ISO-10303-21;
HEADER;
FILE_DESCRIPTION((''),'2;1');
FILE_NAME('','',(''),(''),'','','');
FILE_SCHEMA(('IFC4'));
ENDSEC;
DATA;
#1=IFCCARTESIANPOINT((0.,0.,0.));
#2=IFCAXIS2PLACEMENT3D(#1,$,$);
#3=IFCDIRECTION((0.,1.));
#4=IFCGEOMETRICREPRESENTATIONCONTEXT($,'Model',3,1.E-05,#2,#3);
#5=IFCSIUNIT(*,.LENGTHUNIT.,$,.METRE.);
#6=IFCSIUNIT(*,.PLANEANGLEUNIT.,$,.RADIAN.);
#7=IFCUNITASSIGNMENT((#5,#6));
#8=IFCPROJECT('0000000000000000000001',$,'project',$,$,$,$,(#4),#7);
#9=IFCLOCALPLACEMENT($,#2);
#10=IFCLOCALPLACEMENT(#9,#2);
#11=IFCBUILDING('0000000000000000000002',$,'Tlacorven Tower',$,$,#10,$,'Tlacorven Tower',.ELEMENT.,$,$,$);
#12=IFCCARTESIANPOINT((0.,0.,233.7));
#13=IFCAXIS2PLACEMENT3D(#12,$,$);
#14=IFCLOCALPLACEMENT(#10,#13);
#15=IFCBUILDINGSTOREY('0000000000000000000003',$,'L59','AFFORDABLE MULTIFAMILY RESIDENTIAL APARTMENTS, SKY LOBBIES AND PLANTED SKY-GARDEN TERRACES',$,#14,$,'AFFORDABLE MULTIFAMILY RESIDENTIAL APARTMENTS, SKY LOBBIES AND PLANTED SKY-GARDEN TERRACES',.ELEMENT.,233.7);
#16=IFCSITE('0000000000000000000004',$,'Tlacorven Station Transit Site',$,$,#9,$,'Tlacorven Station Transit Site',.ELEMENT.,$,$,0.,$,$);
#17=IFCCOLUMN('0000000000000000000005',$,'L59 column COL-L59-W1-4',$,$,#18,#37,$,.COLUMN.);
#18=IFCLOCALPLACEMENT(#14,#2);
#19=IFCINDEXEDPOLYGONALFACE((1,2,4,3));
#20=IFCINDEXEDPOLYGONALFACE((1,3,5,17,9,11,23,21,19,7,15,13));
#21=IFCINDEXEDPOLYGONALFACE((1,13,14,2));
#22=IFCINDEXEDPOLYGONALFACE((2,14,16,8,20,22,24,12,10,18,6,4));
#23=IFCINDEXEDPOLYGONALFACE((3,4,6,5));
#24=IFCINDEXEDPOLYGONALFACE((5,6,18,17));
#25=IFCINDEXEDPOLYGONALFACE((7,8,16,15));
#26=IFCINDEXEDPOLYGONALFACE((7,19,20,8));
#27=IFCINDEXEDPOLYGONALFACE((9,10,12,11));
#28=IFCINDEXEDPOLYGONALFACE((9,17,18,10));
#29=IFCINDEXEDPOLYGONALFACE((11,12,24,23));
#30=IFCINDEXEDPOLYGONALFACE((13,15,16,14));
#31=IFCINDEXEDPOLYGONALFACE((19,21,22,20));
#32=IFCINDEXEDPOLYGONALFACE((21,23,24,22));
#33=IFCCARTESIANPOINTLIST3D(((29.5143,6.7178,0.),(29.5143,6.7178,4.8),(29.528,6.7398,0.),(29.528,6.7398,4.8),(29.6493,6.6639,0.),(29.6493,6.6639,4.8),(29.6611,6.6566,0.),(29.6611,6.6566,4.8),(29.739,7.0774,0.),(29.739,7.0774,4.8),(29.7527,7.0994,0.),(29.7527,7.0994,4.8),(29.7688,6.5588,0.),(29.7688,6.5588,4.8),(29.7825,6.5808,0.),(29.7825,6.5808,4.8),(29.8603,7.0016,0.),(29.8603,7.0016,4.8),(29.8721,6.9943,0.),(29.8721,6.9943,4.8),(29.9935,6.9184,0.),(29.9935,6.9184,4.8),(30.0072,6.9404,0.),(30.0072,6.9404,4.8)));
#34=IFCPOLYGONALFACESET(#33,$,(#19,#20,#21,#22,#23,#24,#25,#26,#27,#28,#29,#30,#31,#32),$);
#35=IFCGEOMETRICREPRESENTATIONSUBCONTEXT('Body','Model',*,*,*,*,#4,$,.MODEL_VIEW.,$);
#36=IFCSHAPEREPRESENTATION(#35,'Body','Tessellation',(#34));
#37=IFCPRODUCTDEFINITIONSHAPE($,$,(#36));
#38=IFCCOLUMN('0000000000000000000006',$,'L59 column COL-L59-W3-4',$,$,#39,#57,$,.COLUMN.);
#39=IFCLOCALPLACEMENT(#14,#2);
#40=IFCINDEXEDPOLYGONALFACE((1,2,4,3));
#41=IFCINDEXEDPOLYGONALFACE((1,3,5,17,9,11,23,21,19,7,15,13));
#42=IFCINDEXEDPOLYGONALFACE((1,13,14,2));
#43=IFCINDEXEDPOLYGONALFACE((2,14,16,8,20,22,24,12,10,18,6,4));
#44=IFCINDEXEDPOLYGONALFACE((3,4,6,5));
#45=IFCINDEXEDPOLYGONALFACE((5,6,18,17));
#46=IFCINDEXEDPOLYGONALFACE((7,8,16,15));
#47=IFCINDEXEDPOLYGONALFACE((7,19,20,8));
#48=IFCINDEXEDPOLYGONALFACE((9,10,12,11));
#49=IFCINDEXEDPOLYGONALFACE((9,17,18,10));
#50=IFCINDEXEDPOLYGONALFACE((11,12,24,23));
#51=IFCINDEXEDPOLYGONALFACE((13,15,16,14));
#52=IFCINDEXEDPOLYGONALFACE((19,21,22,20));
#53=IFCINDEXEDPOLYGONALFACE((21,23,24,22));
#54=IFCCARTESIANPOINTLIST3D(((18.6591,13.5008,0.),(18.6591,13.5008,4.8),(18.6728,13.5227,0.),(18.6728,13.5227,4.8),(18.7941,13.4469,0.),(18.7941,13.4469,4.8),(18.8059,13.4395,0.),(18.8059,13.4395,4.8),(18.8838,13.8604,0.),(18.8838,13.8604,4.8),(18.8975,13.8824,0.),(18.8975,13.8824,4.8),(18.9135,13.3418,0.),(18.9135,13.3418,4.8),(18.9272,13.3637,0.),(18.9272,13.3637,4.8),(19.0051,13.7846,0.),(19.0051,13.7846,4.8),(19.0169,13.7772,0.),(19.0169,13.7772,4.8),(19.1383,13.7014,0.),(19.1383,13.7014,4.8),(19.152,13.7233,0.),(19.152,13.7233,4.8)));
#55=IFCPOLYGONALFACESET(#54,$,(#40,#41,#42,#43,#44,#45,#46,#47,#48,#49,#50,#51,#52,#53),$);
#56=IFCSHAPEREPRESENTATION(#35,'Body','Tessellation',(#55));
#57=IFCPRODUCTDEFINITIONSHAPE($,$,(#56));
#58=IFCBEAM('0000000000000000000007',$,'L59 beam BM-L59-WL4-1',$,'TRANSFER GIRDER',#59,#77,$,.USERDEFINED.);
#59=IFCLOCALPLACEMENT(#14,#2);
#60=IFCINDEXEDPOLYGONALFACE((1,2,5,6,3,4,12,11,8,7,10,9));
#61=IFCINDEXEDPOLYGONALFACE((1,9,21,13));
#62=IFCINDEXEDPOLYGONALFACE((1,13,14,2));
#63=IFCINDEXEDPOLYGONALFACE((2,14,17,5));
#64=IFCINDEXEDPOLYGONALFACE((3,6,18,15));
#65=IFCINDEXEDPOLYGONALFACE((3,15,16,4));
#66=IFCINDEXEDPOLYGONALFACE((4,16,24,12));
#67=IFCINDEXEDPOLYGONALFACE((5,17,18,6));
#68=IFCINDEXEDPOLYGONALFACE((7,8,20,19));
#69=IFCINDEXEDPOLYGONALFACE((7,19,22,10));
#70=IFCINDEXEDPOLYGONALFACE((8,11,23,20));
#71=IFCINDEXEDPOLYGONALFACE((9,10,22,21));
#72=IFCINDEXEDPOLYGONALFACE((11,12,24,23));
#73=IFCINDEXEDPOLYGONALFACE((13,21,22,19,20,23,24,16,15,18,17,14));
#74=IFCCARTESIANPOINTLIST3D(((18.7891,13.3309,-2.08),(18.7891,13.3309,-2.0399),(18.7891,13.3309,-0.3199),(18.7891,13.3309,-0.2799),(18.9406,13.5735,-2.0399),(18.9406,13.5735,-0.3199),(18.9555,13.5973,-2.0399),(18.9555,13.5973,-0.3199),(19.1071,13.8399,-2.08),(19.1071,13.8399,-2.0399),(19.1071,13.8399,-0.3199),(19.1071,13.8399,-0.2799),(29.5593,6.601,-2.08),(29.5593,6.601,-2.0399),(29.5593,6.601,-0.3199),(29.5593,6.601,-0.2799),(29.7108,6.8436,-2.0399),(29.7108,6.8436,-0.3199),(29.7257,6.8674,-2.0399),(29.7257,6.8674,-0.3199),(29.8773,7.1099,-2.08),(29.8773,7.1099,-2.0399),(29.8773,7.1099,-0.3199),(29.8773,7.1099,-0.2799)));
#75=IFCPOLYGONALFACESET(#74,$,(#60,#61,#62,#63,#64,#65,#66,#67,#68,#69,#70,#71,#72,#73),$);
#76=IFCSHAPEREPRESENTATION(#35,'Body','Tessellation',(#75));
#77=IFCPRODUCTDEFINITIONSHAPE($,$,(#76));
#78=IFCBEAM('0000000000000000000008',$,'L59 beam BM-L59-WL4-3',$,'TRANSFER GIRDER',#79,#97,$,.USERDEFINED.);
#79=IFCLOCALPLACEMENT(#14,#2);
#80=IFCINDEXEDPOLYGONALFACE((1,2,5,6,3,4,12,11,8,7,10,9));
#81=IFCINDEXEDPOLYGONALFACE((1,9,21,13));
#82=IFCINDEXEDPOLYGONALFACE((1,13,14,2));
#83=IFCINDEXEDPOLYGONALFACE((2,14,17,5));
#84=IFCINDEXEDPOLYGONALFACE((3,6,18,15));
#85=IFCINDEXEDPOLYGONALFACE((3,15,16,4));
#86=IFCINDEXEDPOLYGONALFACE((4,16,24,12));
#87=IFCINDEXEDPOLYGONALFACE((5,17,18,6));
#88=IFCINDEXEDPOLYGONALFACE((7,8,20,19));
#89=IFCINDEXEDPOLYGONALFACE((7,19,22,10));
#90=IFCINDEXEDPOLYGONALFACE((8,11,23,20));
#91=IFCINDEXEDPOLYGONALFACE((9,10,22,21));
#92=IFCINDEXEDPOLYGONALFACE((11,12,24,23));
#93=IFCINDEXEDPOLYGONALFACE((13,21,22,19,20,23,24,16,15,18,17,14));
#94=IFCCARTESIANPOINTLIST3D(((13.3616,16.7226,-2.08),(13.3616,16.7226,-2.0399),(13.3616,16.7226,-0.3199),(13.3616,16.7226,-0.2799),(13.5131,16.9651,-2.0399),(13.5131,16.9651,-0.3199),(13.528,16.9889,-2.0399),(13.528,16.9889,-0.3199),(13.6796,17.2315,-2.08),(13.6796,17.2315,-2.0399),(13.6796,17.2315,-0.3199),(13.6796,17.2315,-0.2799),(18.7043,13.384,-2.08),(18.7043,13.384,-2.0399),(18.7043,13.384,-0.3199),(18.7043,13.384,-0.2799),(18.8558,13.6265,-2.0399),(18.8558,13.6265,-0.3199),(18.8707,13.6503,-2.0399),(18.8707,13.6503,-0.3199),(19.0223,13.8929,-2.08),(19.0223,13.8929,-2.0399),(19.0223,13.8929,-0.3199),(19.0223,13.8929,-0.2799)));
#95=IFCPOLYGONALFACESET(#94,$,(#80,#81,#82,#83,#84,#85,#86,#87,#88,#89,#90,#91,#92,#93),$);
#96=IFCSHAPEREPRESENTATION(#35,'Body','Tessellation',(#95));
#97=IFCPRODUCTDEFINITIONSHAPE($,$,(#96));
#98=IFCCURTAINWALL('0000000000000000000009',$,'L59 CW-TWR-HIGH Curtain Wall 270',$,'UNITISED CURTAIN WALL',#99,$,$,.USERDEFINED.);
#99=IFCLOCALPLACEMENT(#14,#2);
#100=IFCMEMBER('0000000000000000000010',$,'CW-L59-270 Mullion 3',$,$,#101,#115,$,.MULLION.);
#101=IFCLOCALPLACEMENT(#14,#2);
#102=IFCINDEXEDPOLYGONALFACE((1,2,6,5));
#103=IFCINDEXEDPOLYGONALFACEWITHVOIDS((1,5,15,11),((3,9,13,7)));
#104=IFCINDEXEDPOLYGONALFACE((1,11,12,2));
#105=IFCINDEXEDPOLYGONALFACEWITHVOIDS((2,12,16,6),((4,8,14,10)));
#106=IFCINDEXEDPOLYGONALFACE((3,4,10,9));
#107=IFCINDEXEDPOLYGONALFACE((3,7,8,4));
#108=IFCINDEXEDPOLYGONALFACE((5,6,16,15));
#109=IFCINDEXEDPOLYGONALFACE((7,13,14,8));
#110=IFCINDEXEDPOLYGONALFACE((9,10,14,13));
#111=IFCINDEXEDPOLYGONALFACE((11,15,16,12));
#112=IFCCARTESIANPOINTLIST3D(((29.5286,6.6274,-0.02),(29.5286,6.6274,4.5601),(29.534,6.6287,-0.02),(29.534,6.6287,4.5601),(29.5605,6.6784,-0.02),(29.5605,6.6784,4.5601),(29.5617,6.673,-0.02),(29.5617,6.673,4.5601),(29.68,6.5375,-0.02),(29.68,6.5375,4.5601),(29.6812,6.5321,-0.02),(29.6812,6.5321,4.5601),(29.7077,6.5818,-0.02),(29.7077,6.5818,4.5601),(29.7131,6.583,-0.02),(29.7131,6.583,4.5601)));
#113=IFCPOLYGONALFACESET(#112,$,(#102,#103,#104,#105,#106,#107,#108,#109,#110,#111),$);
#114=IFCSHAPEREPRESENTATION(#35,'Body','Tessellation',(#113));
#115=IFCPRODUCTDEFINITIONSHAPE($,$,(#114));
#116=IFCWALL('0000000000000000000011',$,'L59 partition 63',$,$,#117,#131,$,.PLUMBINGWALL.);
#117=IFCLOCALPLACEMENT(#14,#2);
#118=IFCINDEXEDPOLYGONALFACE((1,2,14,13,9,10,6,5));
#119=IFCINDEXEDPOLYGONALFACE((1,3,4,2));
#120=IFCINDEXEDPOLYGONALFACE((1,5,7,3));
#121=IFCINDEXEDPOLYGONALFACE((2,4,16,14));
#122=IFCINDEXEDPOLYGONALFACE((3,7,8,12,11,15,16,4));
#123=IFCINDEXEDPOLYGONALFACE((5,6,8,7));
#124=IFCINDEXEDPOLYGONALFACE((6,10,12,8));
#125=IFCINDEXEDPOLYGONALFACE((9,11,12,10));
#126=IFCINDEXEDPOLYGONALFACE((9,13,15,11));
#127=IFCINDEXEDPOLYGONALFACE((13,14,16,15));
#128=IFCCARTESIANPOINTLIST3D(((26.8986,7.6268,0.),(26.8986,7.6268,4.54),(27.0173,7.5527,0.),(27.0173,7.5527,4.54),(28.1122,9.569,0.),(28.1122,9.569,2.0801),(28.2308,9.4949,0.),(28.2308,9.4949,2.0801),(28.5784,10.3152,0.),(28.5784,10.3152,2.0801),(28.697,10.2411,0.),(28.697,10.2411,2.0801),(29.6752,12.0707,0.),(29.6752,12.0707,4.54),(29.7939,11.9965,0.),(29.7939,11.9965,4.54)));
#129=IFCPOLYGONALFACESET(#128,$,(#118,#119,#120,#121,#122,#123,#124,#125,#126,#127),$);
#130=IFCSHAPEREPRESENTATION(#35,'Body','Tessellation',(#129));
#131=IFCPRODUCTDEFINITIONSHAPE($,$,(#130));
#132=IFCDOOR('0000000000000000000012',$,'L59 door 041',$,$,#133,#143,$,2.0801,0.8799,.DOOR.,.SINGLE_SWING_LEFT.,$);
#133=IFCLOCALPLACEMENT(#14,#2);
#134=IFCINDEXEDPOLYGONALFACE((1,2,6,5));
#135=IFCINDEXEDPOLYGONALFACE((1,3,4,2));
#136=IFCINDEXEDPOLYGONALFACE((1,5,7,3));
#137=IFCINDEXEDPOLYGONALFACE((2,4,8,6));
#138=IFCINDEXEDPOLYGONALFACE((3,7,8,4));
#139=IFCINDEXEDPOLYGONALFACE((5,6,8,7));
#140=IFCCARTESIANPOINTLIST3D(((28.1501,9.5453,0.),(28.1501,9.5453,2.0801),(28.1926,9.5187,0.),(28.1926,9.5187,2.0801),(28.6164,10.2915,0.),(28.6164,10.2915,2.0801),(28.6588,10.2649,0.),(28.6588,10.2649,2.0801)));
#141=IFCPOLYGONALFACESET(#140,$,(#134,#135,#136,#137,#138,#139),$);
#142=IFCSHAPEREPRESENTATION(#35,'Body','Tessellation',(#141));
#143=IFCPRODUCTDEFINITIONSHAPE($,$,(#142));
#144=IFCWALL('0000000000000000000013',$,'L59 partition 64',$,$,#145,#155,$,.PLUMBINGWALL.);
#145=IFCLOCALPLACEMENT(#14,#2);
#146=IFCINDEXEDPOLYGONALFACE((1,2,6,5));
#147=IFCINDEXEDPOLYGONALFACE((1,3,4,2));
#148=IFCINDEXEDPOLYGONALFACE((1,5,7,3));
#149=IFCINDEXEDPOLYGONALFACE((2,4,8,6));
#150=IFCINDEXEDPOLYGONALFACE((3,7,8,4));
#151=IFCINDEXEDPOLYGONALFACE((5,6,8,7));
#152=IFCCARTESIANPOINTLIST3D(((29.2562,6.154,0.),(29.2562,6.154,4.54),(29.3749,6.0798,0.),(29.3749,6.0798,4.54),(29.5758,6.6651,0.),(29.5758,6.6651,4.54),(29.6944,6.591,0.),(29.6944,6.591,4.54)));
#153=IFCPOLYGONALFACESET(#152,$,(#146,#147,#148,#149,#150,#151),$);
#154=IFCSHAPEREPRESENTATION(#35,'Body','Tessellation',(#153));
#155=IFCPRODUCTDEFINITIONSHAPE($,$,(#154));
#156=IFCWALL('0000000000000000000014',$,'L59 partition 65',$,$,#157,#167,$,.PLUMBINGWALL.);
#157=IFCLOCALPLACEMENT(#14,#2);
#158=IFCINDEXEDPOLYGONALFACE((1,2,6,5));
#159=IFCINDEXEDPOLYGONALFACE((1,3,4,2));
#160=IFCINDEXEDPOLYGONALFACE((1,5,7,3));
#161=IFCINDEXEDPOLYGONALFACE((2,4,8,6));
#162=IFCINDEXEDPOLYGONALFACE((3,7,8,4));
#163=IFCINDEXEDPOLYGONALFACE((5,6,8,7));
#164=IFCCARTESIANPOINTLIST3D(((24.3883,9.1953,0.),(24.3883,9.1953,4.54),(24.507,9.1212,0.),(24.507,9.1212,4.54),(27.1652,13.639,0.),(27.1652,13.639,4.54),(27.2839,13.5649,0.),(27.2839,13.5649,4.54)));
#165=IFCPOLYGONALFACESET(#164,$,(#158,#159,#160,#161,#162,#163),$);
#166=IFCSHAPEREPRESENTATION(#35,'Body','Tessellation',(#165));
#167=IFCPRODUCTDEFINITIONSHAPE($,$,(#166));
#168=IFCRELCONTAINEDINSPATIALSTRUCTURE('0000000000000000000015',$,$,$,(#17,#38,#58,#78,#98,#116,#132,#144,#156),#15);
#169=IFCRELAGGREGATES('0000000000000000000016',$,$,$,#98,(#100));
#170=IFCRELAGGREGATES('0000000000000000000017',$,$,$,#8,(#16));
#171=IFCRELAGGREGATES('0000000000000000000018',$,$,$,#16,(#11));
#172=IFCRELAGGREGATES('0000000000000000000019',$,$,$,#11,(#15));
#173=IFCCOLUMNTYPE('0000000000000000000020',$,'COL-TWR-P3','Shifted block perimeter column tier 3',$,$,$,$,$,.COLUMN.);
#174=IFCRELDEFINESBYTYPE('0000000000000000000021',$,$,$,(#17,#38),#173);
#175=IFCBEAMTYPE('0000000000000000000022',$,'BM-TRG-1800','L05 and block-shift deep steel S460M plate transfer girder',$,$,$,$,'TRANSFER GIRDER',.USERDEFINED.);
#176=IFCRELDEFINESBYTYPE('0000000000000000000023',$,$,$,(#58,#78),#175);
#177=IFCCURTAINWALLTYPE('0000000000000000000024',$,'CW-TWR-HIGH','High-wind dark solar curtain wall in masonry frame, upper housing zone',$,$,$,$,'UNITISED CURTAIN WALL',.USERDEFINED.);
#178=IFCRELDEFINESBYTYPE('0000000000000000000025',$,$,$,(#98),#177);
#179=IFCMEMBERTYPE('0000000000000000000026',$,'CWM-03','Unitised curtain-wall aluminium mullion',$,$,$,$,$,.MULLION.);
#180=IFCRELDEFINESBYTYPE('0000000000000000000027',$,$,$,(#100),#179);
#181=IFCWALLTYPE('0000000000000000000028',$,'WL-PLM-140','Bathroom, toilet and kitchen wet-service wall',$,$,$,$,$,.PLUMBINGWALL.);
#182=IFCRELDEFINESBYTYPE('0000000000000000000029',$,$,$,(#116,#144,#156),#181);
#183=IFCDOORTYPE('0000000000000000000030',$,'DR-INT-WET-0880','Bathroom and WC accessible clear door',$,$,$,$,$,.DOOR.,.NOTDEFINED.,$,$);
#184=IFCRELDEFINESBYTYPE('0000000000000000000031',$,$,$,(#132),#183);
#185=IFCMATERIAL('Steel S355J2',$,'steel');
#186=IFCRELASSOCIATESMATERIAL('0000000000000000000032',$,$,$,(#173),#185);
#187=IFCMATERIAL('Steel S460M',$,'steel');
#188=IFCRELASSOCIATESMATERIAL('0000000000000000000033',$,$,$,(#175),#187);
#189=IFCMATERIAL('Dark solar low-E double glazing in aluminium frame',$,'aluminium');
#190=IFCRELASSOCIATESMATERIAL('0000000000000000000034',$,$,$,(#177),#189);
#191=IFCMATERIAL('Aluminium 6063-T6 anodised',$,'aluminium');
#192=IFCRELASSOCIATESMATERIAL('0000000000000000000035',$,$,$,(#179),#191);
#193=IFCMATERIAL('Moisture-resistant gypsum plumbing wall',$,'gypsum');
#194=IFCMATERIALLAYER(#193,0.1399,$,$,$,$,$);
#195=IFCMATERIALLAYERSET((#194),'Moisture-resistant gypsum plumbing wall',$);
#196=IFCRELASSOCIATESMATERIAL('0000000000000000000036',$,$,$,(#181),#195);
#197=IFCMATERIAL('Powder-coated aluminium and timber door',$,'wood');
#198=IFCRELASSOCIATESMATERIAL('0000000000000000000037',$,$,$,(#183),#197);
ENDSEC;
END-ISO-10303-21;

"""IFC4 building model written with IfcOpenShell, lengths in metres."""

from ifc_helpers import new_model, si_unit, direction, frame, frame_2d, origin, origin_2d, place, context, subcontext, project, spatial, rectangle, hollow_rectangle, i_section, extrude, source, transform, mapped, material, layer, layer_set, material_profile, profile_set, type_object, element, fill, aggregate, save


model = new_model("IFC4")

# Units and contexts
model_context = context("Model", 3, precision=1e-05, world=origin(), true_north=direction((0.0, 1.0)))
body_context = subcontext(model_context, "Body", "Model", "MODEL_VIEW")
ifc_project = project(units=[si_unit("LENGTHUNIT", "METRE"), si_unit("PLANEANGLEUNIT", "RADIAN")], contexts=[model_context])

# Site, building, storey
site_placement = place(None, origin())
site = spatial("IfcSite", under=ifc_project, at=site_placement, Name="Tlacorven Station Transit Site", LongName="Tlacorven Station Transit Site", CompositionType="ELEMENT", RefElevation=0.0)
building_placement = place(site_placement, origin())
building = spatial("IfcBuilding", under=site, at=building_placement, Name="Tlacorven Tower", LongName="Tlacorven Tower", CompositionType="ELEMENT")
storey_placement = place(building_placement, frame((0.0, 0.0, 233.7)))
storey = spatial("IfcBuildingStorey", under=building, at=storey_placement, Name="L59", Description="AFFORDABLE MULTIFAMILY RESIDENTIAL APARTMENTS, SKY LOBBIES AND PLANTED SKY-GARDEN TERRACES", LongName="AFFORDABLE MULTIFAMILY RESIDENTIAL APARTMENTS, SKY LOBBIES AND PLANTED SKY-GARDEN TERRACES", CompositionType="ELEMENT", Elevation=233.7)

# Columns
ifc_material_1 = material(Name="Steel S355J2", Category="steel")
ifc_material_profile_1 = material_profile(ifc_material_1, i_section(OverallWidth=0.3, OverallDepth=0.45, WebThickness=0.0139, FlangeThickness=0.0259, at=origin_2d()), Name="HEB 450")
ifc_profile_set_1 = profile_set([ifc_material_profile_1], Name="Steel S355J2")
column_type = type_object("IfcColumnType", Name="COL-TWR-P3", Description="Shifted block perimeter column tier 3", PredefinedType="COLUMN", material=ifc_profile_set_1)
shared_shape_1 = source(origin(), body_context, "Body", "SweptSolid", [
    extrude(i_section(OverallWidth=0.3, OverallDepth=0.45, WebThickness=0.0139, FlangeThickness=0.0259, at=origin_2d()), origin(), (0.0, 0.0, 1.0), 4.8),
])
for number, where, z_axis, x_axis, name in (
    (1, (29.7607, 6.8291, 0.0), (0.0, 0.0, 1.0), (-0.848048, 0.529919, 0.0), "L59 column COL-L59-W1-4"),
    (2, (18.9055, 13.6121, 0.0), (0.0, 0.0, 1.0), (-0.848048, 0.529919, 0.0), "L59 column COL-L59-W3-4"),
):
    element("IfcColumn", number, at=place(storey_placement, frame(where, z_axis=z_axis, x_axis=x_axis)), inside=storey, type_object=column_type, Name=name, PredefinedType="COLUMN", context=body_context, shape_type="MappedRepresentation", body=[
        mapped(shared_shape_1, transform((0.0, 0.0, 0.0), scale=1.0)),
    ])

# Beams
ifc_material_2 = material(Name="Steel S460M", Category="steel")
ifc_material_profile_2 = material_profile(ifc_material_2, i_section(OverallWidth=0.6001, OverallDepth=1.8, WebThickness=0.0281, FlangeThickness=0.04, at=origin_2d()), Name="PG 1800X600X28X40")
ifc_profile_set_2 = profile_set([ifc_material_profile_2], Name="Steel S460M")
beam_type = type_object("IfcBeamType", Name="BM-TRG-1800", Description="L05 and block-shift deep steel S460M plate transfer girder", ElementType="TRANSFER GIRDER", PredefinedType="USERDEFINED", material=ifc_profile_set_2)
shared_shape_2 = source(origin(), body_context, "Body", "SweptSolid", [
    extrude(i_section(OverallWidth=0.6001, OverallDepth=1.8, WebThickness=0.0281, FlangeThickness=0.04, at=origin_2d()), origin(), (0.0, 0.0, 1.0), 12.7),
])
beam_1_placement = place(storey_placement, frame((29.7183, 6.8555, -1.1799), z_axis=(-0.848049, 0.529918, 0.0), x_axis=(-0.529918, -0.848049, 0.0)))
element("IfcBeam", 3, at=beam_1_placement, inside=storey, type_object=beam_type, Name="L59 beam BM-L59-WL4-1", ObjectType="TRANSFER GIRDER", PredefinedType="USERDEFINED", context=body_context, shape_type="MappedRepresentation", body=[
    mapped(shared_shape_2, transform((0.0, 0.0, 0.0), scale=1.0)),
])
shared_shape_3 = source(origin(), body_context, "Body", "SweptSolid", [
    extrude(i_section(OverallWidth=0.6001, OverallDepth=1.8, WebThickness=0.0281, FlangeThickness=0.04, at=origin_2d()), origin(), (0.0, 0.0, 1.0), 6.3),
])
beam_2_placement = place(storey_placement, frame((18.8633, 13.6384, -1.1799), z_axis=(-0.848042, 0.529929, 0.0), x_axis=(-0.529929, -0.848042, 0.0)))
element("IfcBeam", 4, at=beam_2_placement, inside=storey, type_object=beam_type, Name="L59 beam BM-L59-WL4-3", ObjectType="TRANSFER GIRDER", PredefinedType="USERDEFINED", context=body_context, shape_type="MappedRepresentation", body=[
    mapped(shared_shape_3, transform((0.0, 0.0, 0.0), scale=1.0)),
])

# Curtain wall, member
ifc_material_3 = material(Name="Dark solar low-E double glazing in aluminium frame", Category="aluminium")
curtain_wall_type = type_object("IfcCurtainWallType", Name="CW-TWR-HIGH", Description="High-wind dark solar curtain wall in masonry frame, upper housing zone", ElementType="UNITISED CURTAIN WALL", PredefinedType="USERDEFINED", material=ifc_material_3)
curtain_wall_placement = place(storey_placement, origin())
curtain_wall = element("IfcCurtainWall", 5, at=curtain_wall_placement, inside=storey, type_object=curtain_wall_type, Name="L59 CW-TWR-HIGH Curtain Wall 270", ObjectType="UNITISED CURTAIN WALL", PredefinedType="USERDEFINED")
ifc_material_4 = material(Name="Aluminium 6063-T6 anodised", Category="aluminium")
ifc_material_profile_3 = material_profile(ifc_material_4, hollow_rectangle(XDim=0.0601, YDim=0.1799, WallThickness=0.0039, at=origin_2d()), Name="ALU MULLION 60X180")
ifc_profile_set_3 = profile_set([ifc_material_profile_3], Name="Aluminium 6063-T6 anodised")
member_type = type_object("IfcMemberType", Name="CWM-03", Description="Unitised curtain-wall aluminium mullion", PredefinedType="MULLION", material=ifc_profile_set_3)
shared_shape_4 = source(origin(), body_context, "Body", "SweptSolid", [
    extrude(hollow_rectangle(XDim=0.0601, YDim=0.1799, WallThickness=0.0039, at=origin_2d()), origin(), (0.0, 0.0, 1.0), 4.5801),
])
member_placement = place(storey_placement, frame((29.6208, 6.6052, -0.02), z_axis=(0.0, 0.0, 1.0), x_axis=(-0.529919, -0.848048, 0.0)))
member = element("IfcMember", 6, at=member_placement, type_object=member_type, Name="CW-L59-270 Mullion 3", PredefinedType="MULLION", context=body_context, shape_type="MappedRepresentation", body=[
    mapped(shared_shape_4, transform((0.0, 0.0, 0.0), scale=1.0)),
])
aggregate(curtain_wall, [member])

# Shared definitions
ifc_material_5 = material(Name="Powder-coated aluminium and timber door", Category="wood")

# Wall, opening, door
ifc_material_6 = material(Name="Moisture-resistant gypsum plumbing wall", Category="gypsum")
ifc_layer_1 = layer(ifc_material_6, 0.1399)
ifc_layer_set_1 = layer_set([ifc_layer_1], Name="Moisture-resistant gypsum plumbing wall")
wall_type_1 = type_object("IfcWallType", Name="WL-PLM-140", Description="Bathroom, toilet and kitchen wet-service wall", PredefinedType="PLUMBINGWALL", material=ifc_layer_set_1)
wall_1_placement = place(storey_placement, frame((29.7346, 12.0337, 0.0), z_axis=(0.0, 0.0, 1.0), x_axis=(-0.52989, -0.848066, 0.0)))
wall_1 = element("IfcWall", 7, at=wall_1_placement, inside=storey, type_object=wall_type_1, Name="L59 partition 63", PredefinedType="PLUMBINGWALL", context=body_context, shape_type="SweptSolid", body=[
    extrude(rectangle(XDim=5.24, YDim=0.1399, at=frame_2d((2.6201, 0.0))), origin(), (0.0, 0.0, 1.0), 4.54),
])
opening_1_placement = place(wall_1_placement, frame((2.0701, 0.0, 0.0)))
opening_1 = element("IfcOpeningElement", 8, at=opening_1_placement, cuts=wall_1, PredefinedType="OPENING", context=body_context, shape_type="SweptSolid", body=[
    extrude(rectangle(XDim=0.8799, YDim=2.0801, at=frame_2d((0.4399, 1.04))), frame((0.0, 0.0801, 0.0), z_axis=(0.0, -1.0, 0.0), x_axis=(1.0, 0.0, 0.0)), (0.0, 0.0, 1.0), 0.1599),
])
door_type_1 = type_object("IfcDoorType", Name="DR-INT-WET-0880", Description="Bathroom and WC accessible clear door", OperationType="NOTDEFINED", PredefinedType="DOOR", material=ifc_material_5)
shared_shape_5 = source(origin(), body_context, "Body", "SweptSolid", [
    extrude(rectangle(XDim=0.8799, YDim=2.0801, at=frame_2d((0.4399, 1.04))), frame((0.0, 0.0249, 0.0), z_axis=(0.0, -1.0, 0.0), x_axis=(1.0, 0.0, 0.0)), (0.0, 0.0, 1.0), 0.05),
])
door_1_placement = place(opening_1_placement, origin())
door_1 = element("IfcDoor", 9, at=door_1_placement, inside=storey, type_object=door_type_1, Name="L59 door 041", OperationType="SINGLE_SWING_LEFT", OverallHeight=2.0801, OverallWidth=0.8799, PredefinedType="DOOR", context=body_context, shape_type="MappedRepresentation", body=[
    mapped(shared_shape_5, transform((0.0, 0.0, 0.0), scale=1.0)),
])
fill(opening_1, door_1)

# Walls
wall_2_placement = place(storey_placement, frame((29.635, 6.6279, 0.0), z_axis=(0.0, 0.0, 1.0), x_axis=(-0.530072, -0.847953, 0.0)))
element("IfcWall", 10, at=wall_2_placement, inside=storey, type_object=wall_type_1, Name="L59 partition 64", PredefinedType="PLUMBINGWALL", context=body_context, shape_type="SweptSolid", body=[
    extrude(rectangle(XDim=0.6028, YDim=0.1399, at=frame_2d((0.3013, 0.0))), origin(), (0.0, 0.0, 1.0), 4.54),
])
wall_3_placement = place(storey_placement, frame((27.2246, 13.6021, 0.0), z_axis=(0.0, 0.0, 1.0), x_axis=(-0.529944, -0.848032, 0.0)))
element("IfcWall", 11, at=wall_3_placement, inside=storey, type_object=wall_type_1, Name="L59 partition 65", PredefinedType="PLUMBINGWALL", context=body_context, shape_type="SweptSolid", body=[
    extrude(rectangle(XDim=5.24, YDim=0.1399, at=frame_2d((2.6201, 0.0))), origin(), (0.0, 0.0, 1.0), 4.54),
])

save(model, "model.ifc")
